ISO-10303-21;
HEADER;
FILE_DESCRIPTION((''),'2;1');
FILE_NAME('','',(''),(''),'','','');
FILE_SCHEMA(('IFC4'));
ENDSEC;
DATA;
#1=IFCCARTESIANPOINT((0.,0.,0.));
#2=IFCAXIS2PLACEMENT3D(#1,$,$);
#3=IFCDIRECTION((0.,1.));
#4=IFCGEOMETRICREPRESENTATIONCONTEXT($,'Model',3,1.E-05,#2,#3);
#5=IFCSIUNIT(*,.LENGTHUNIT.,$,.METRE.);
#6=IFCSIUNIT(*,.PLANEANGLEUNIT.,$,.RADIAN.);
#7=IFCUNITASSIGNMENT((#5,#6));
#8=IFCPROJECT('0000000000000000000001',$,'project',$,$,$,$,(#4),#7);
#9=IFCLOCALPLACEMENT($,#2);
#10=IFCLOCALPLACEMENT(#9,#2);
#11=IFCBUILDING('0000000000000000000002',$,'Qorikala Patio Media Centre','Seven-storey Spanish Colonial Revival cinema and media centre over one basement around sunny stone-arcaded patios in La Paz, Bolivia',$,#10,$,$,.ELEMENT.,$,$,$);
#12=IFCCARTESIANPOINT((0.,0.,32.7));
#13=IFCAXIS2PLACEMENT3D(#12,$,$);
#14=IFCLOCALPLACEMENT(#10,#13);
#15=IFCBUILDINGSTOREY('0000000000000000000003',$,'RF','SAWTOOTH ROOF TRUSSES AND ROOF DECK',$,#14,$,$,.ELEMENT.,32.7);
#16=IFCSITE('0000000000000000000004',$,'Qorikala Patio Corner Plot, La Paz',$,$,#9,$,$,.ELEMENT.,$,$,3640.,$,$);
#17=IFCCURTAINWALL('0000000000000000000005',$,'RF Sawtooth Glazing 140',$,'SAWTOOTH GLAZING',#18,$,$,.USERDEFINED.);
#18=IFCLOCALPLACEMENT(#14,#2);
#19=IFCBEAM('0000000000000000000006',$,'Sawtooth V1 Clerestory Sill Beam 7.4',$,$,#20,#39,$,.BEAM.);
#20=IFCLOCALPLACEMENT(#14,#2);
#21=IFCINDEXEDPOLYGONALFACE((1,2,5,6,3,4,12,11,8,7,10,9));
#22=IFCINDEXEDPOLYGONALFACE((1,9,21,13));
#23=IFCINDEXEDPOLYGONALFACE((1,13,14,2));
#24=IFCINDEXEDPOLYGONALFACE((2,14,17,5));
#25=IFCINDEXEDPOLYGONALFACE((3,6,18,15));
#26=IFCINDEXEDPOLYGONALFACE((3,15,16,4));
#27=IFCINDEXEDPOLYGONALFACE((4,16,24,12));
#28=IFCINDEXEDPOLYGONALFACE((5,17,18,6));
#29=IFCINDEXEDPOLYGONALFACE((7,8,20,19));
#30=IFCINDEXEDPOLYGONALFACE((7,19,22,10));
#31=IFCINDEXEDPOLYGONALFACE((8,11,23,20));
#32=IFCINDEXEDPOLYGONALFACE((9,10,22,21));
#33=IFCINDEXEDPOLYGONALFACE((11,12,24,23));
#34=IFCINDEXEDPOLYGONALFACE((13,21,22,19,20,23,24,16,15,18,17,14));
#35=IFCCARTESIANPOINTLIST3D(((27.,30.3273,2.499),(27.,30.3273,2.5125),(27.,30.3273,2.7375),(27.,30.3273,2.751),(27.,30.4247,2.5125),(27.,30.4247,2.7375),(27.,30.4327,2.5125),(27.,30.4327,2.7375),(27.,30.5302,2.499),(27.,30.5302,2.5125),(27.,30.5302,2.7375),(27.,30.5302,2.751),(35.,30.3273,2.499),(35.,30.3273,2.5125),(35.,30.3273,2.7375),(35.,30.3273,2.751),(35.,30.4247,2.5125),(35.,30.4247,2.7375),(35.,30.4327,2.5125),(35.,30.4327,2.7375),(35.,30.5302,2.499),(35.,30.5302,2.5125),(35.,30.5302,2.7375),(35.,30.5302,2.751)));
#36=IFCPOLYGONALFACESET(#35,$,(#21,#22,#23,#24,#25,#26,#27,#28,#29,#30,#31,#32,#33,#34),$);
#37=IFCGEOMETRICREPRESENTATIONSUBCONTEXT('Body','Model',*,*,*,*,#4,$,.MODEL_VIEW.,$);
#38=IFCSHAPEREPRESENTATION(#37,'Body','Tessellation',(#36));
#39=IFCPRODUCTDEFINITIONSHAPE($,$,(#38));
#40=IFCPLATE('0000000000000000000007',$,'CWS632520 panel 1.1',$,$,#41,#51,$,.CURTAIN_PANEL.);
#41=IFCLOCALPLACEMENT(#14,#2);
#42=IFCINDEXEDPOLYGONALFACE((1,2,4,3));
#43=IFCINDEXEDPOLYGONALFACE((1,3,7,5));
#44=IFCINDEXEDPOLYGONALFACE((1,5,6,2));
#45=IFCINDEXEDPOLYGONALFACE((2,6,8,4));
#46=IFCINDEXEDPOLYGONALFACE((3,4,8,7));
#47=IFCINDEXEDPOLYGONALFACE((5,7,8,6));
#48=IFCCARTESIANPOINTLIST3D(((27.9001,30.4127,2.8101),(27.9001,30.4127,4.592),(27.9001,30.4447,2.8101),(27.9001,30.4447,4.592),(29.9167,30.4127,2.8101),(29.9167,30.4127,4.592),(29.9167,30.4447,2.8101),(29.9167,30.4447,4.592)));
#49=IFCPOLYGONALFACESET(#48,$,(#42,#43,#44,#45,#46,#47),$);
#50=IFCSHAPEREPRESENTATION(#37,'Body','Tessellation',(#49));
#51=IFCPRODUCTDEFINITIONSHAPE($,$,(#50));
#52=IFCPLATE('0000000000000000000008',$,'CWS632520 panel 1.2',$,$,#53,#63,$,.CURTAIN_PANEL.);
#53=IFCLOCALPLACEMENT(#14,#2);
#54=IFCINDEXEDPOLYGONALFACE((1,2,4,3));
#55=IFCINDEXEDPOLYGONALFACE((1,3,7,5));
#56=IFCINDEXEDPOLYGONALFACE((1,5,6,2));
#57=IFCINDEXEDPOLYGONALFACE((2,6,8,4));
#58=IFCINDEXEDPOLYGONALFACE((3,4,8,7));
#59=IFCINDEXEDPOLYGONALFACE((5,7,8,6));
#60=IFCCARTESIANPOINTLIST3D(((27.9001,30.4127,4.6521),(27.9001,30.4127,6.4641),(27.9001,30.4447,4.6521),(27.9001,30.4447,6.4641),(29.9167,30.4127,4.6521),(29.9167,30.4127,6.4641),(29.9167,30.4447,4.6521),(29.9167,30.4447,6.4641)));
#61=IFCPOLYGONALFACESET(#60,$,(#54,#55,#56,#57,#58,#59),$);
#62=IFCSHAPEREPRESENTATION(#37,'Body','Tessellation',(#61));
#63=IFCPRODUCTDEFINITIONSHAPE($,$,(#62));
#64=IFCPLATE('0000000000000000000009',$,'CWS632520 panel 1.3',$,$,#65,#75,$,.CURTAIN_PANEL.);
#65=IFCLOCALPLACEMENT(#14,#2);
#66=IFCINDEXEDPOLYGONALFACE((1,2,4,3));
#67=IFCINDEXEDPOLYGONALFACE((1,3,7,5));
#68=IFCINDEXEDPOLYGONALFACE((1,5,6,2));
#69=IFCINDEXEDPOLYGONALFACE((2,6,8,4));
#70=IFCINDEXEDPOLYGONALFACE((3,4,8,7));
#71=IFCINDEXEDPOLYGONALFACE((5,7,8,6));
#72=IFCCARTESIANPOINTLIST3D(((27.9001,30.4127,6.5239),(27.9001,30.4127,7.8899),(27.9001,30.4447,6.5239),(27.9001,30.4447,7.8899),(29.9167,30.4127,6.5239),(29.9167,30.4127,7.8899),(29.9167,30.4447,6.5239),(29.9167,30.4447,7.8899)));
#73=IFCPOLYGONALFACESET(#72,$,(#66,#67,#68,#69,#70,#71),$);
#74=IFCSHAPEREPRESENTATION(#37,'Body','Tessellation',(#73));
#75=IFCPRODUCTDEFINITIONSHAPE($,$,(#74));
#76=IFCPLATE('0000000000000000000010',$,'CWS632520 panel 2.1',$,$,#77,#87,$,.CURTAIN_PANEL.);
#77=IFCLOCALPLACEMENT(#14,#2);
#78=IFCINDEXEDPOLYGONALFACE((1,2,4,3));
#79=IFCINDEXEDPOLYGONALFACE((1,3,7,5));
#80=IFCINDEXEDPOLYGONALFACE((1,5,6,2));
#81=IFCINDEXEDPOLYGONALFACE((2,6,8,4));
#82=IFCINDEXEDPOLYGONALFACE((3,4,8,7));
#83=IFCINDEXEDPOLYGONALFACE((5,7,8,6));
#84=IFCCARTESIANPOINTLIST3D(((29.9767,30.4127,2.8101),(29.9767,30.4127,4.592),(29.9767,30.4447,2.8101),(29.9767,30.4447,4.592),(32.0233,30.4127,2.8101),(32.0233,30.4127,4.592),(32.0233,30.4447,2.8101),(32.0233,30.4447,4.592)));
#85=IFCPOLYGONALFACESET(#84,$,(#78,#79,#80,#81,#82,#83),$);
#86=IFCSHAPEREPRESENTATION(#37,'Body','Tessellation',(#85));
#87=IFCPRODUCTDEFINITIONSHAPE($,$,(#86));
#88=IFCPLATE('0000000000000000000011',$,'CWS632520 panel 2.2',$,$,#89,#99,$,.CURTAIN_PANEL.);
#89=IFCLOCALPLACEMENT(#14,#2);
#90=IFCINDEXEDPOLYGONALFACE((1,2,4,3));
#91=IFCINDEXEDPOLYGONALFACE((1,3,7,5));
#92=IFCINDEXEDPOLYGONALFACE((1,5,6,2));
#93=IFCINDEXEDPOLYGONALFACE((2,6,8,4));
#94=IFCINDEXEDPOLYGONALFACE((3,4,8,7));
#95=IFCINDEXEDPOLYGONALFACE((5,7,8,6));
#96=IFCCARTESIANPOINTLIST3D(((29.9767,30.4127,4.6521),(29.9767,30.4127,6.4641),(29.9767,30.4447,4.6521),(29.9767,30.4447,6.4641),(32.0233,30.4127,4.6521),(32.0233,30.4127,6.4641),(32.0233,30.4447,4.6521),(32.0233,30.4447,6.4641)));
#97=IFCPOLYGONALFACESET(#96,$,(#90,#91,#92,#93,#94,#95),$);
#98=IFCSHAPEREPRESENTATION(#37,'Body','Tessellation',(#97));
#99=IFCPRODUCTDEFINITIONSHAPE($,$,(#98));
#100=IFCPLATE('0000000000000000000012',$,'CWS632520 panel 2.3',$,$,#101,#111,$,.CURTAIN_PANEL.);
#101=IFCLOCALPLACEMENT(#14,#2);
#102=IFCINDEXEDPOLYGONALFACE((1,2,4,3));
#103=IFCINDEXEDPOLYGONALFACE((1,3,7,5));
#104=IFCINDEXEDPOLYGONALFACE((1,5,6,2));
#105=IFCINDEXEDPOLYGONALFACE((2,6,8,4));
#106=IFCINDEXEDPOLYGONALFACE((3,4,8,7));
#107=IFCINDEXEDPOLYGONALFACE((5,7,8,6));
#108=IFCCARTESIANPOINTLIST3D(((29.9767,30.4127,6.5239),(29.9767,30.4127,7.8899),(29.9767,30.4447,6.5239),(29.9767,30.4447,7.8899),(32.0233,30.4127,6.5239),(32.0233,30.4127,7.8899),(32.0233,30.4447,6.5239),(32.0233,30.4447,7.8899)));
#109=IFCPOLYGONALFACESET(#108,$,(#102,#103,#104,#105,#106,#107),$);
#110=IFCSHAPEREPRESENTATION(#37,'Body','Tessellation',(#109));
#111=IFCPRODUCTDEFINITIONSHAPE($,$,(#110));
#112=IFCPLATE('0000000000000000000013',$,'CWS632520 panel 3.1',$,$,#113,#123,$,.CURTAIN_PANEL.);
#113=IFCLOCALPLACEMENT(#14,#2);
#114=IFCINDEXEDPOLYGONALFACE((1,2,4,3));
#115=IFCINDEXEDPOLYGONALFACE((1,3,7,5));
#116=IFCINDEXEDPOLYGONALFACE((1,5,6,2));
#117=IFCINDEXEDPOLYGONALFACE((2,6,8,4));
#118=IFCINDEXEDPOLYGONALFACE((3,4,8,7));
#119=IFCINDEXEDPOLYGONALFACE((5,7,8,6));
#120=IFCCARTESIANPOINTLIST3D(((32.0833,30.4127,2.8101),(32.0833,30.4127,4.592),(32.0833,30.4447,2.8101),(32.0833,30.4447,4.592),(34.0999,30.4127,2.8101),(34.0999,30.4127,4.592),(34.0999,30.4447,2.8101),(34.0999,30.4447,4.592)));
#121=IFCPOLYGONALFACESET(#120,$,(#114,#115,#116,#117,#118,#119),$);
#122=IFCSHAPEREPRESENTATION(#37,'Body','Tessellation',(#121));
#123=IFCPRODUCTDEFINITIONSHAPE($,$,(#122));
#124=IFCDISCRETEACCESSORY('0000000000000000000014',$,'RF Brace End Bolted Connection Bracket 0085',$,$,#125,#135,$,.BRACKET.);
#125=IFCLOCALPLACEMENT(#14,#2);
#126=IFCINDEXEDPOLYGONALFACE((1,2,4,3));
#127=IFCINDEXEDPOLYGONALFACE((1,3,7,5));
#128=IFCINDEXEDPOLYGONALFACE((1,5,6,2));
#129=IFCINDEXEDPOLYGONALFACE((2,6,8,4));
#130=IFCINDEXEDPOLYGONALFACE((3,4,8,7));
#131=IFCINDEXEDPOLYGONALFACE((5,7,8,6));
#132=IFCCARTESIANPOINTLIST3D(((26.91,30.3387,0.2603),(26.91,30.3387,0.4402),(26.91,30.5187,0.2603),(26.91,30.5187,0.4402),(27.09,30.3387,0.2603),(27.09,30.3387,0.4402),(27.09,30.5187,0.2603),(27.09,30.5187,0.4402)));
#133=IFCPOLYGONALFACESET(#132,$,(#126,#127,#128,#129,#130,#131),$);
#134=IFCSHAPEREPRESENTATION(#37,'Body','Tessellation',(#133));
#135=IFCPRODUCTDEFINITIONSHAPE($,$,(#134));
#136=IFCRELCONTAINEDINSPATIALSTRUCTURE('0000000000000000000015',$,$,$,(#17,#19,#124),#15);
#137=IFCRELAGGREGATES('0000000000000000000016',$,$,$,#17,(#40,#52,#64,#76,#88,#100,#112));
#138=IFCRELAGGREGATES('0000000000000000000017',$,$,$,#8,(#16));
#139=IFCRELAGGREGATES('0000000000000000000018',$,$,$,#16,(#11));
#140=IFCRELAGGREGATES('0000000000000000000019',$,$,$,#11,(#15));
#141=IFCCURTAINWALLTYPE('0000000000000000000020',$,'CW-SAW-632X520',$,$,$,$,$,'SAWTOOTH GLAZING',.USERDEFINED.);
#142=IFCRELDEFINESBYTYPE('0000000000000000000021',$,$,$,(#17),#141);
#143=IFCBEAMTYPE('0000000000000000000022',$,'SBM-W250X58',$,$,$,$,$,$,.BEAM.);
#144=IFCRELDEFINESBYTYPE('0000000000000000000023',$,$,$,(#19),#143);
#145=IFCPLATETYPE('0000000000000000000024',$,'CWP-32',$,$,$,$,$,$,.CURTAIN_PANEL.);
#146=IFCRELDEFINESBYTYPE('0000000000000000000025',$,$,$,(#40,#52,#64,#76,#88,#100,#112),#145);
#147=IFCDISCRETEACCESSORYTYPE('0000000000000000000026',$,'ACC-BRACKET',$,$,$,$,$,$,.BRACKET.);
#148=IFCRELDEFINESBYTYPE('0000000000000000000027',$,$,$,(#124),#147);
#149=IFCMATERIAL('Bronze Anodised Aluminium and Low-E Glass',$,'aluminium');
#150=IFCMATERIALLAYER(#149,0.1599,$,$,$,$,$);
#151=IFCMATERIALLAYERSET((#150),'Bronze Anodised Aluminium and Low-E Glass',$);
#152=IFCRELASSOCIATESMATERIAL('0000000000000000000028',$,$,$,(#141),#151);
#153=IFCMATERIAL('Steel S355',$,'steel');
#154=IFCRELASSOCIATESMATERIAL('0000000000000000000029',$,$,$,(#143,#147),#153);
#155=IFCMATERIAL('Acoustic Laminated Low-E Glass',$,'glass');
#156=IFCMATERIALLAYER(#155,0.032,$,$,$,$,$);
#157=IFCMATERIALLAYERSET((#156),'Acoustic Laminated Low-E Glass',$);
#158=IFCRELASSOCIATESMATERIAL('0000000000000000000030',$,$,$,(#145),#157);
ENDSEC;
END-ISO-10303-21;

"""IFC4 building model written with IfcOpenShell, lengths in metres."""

from ifc_helpers import new_model, si_unit, direction, frame, origin, origin_2d, place, context, subcontext, project, spatial, rectangle, i_section, extrude, material, layer, layer_set, material_profile, profile_set, type_object, element, aggregate, save


model = new_model("IFC4")

# Units and contexts
model_context = context("Model", 3, precision=1e-05, world=origin(), true_north=direction((0.0, 1.0)))
body_context = subcontext(model_context, "Body", "Model", "MODEL_VIEW")
ifc_project = project(units=[si_unit("LENGTHUNIT", "METRE"), si_unit("PLANEANGLEUNIT", "RADIAN")], contexts=[model_context])

# Site, building, storey
site_placement = place(None, origin())
site = spatial("IfcSite", under=ifc_project, at=site_placement, Name="Qorikala Patio Corner Plot, La Paz", CompositionType="ELEMENT", RefElevation=3640.0)
building_placement = place(site_placement, origin())
building = spatial("IfcBuilding", under=site, at=building_placement, Name="Qorikala Patio Media Centre", Description="Seven-storey Spanish Colonial Revival cinema and media centre over one basement around sunny stone-arcaded patios in La Paz, Bolivia", CompositionType="ELEMENT")
storey_placement = place(building_placement, frame((0.0, 0.0, 32.7)))
storey = spatial("IfcBuildingStorey", under=building, at=storey_placement, Name="RF", Description="SAWTOOTH ROOF TRUSSES AND ROOF DECK", CompositionType="ELEMENT", Elevation=32.7)

# Curtain wall
ifc_material_1 = material(Name="Bronze Anodised Aluminium and Low-E Glass", Category="aluminium")
ifc_layer_1 = layer(ifc_material_1, 0.1599)
ifc_layer_set_1 = layer_set([ifc_layer_1], Name="Bronze Anodised Aluminium and Low-E Glass")
curtain_wall_type = type_object("IfcCurtainWallType", Name="CW-SAW-632X520", ElementType="SAWTOOTH GLAZING", PredefinedType="USERDEFINED", material=ifc_layer_set_1)
curtain_wall_placement = place(storey_placement, origin())
curtain_wall = element("IfcCurtainWall", 1, at=curtain_wall_placement, inside=storey, type_object=curtain_wall_type, Name="RF Sawtooth Glazing 140", ObjectType="SAWTOOTH GLAZING", PredefinedType="USERDEFINED")

# Beam
ifc_material_2 = material(Name="Steel S355", Category="steel")
ifc_material_profile_1 = material_profile(ifc_material_2, i_section(OverallWidth=0.2029, OverallDepth=0.252, WebThickness=0.0081, FlangeThickness=0.0134, at=origin_2d()), Name="W250X58")
ifc_profile_set_1 = profile_set([ifc_material_profile_1], Name="Steel S355")
beam_type = type_object("IfcBeamType", Name="SBM-W250X58", PredefinedType="BEAM", material=ifc_profile_set_1)
beam_placement = place(storey_placement, frame((27.0, 30.4287, 2.625), z_axis=(1.0, 0.0, 0.0), x_axis=(0.0, 1.0, 0.0)))
element("IfcBeam", 2, at=beam_placement, inside=storey, type_object=beam_type, Name="Sawtooth V1 Clerestory Sill Beam 7.4", PredefinedType="BEAM", context=body_context, shape_type="SweptSolid", body=[
    extrude(i_section(OverallWidth=0.2029, OverallDepth=0.252, WebThickness=0.0081, FlangeThickness=0.0134, at=origin_2d()), origin(), (0.0, 0.0, 1.0), 8.0),
])

# Plates
ifc_material_3 = material(Name="Acoustic Laminated Low-E Glass", Category="glass")
ifc_layer_2 = layer(ifc_material_3, 0.032)
ifc_layer_set_2 = layer_set([ifc_layer_2], Name="Acoustic Laminated Low-E Glass")
plate_type = type_object("IfcPlateType", Name="CWP-32", PredefinedType="CURTAIN_PANEL", material=ifc_layer_set_2)
plate_1_placement = place(storey_placement, frame((28.9084, 30.4287, 2.8101), z_axis=(0.0, 0.0, 1.0), x_axis=(1.0, 0.0, 0.0)))
plate_1 = element("IfcPlate", 3, at=plate_1_placement, type_object=plate_type, Name="CWS632520 panel 1.1", PredefinedType="CURTAIN_PANEL", context=body_context, shape_type="SweptSolid", body=[
    extrude(rectangle(XDim=2.0166, YDim=0.032, at=origin_2d()), origin(), (0.0, 0.0, 1.0), 1.782),
])
plate_2_placement = place(storey_placement, frame((28.9084, 30.4287, 4.6521), z_axis=(0.0, 0.0, 1.0), x_axis=(1.0, 0.0, 0.0)))
plate_2 = element("IfcPlate", 4, at=plate_2_placement, type_object=plate_type, Name="CWS632520 panel 1.2", PredefinedType="CURTAIN_PANEL", context=body_context, shape_type="SweptSolid", body=[
    extrude(rectangle(XDim=2.0166, YDim=0.032, at=origin_2d()), origin(), (0.0, 0.0, 1.0), 1.812),
])
plate_3_placement = place(storey_placement, frame((28.9084, 30.4287, 6.5239), z_axis=(0.0, 0.0, 1.0), x_axis=(1.0, 0.0, 0.0)))
plate_3 = element("IfcPlate", 5, at=plate_3_placement, type_object=plate_type, Name="CWS632520 panel 1.3", PredefinedType="CURTAIN_PANEL", context=body_context, shape_type="SweptSolid", body=[
    extrude(rectangle(XDim=2.0166, YDim=0.032, at=origin_2d()), origin(), (0.0, 0.0, 1.0), 1.366),
])
plate_4_placement = place(storey_placement, frame((31.0, 30.4287, 2.8101), z_axis=(0.0, 0.0, 1.0), x_axis=(1.0, 0.0, 0.0)))
plate_4 = element("IfcPlate", 6, at=plate_4_placement, type_object=plate_type, Name="CWS632520 panel 2.1", PredefinedType="CURTAIN_PANEL", context=body_context, shape_type="SweptSolid", body=[
    extrude(rectangle(XDim=2.0466, YDim=0.032, at=origin_2d()), origin(), (0.0, 0.0, 1.0), 1.782),
])
plate_5_placement = place(storey_placement, frame((31.0, 30.4287, 4.6521), z_axis=(0.0, 0.0, 1.0), x_axis=(1.0, 0.0, 0.0)))
plate_5 = element("IfcPlate", 7, at=plate_5_placement, type_object=plate_type, Name="CWS632520 panel 2.2", PredefinedType="CURTAIN_PANEL", context=body_context, shape_type="SweptSolid", body=[
    extrude(rectangle(XDim=2.0466, YDim=0.032, at=origin_2d()), origin(), (0.0, 0.0, 1.0), 1.812),
])
plate_6_placement = place(storey_placement, frame((31.0, 30.4287, 6.5239), z_axis=(0.0, 0.0, 1.0), x_axis=(1.0, 0.0, 0.0)))
plate_6 = element("IfcPlate", 8, at=plate_6_placement, type_object=plate_type, Name="CWS632520 panel 2.3", PredefinedType="CURTAIN_PANEL", context=body_context, shape_type="SweptSolid", body=[
    extrude(rectangle(XDim=2.0466, YDim=0.032, at=origin_2d()), origin(), (0.0, 0.0, 1.0), 1.366),
])
plate_7_placement = place(storey_placement, frame((33.0916, 30.4287, 2.8101), z_axis=(0.0, 0.0, 1.0), x_axis=(1.0, 0.0, 0.0)))
plate_7 = element("IfcPlate", 9, at=plate_7_placement, type_object=plate_type, Name="CWS632520 panel 3.1", PredefinedType="CURTAIN_PANEL", context=body_context, shape_type="SweptSolid", body=[
    extrude(rectangle(XDim=2.0166, YDim=0.032, at=origin_2d()), origin(), (0.0, 0.0, 1.0), 1.782),
])
aggregate(curtain_wall, [plate_1, plate_2, plate_3, plate_4, plate_5, plate_6, plate_7])

# Discrete accessory
discrete_accessory_type = type_object("IfcDiscreteAccessoryType", Name="ACC-BRACKET", PredefinedType="BRACKET", material=ifc_material_2)
discrete_accessory_placement = place(storey_placement, frame((27.0, 30.4287, 0.2603), z_axis=(0.0, 0.0, 1.0), x_axis=(1.0, 0.0, 0.0)))
element("IfcDiscreteAccessory", 10, at=discrete_accessory_placement, inside=storey, type_object=discrete_accessory_type, Name="RF Brace End Bolted Connection Bracket 0085", PredefinedType="BRACKET", context=body_context, shape_type="SweptSolid", body=[
    extrude(rectangle(XDim=0.1799, YDim=0.1799, at=origin_2d()), origin(), (0.0, 0.0, 1.0), 0.1799),
])

save(model, "model.ifc")
